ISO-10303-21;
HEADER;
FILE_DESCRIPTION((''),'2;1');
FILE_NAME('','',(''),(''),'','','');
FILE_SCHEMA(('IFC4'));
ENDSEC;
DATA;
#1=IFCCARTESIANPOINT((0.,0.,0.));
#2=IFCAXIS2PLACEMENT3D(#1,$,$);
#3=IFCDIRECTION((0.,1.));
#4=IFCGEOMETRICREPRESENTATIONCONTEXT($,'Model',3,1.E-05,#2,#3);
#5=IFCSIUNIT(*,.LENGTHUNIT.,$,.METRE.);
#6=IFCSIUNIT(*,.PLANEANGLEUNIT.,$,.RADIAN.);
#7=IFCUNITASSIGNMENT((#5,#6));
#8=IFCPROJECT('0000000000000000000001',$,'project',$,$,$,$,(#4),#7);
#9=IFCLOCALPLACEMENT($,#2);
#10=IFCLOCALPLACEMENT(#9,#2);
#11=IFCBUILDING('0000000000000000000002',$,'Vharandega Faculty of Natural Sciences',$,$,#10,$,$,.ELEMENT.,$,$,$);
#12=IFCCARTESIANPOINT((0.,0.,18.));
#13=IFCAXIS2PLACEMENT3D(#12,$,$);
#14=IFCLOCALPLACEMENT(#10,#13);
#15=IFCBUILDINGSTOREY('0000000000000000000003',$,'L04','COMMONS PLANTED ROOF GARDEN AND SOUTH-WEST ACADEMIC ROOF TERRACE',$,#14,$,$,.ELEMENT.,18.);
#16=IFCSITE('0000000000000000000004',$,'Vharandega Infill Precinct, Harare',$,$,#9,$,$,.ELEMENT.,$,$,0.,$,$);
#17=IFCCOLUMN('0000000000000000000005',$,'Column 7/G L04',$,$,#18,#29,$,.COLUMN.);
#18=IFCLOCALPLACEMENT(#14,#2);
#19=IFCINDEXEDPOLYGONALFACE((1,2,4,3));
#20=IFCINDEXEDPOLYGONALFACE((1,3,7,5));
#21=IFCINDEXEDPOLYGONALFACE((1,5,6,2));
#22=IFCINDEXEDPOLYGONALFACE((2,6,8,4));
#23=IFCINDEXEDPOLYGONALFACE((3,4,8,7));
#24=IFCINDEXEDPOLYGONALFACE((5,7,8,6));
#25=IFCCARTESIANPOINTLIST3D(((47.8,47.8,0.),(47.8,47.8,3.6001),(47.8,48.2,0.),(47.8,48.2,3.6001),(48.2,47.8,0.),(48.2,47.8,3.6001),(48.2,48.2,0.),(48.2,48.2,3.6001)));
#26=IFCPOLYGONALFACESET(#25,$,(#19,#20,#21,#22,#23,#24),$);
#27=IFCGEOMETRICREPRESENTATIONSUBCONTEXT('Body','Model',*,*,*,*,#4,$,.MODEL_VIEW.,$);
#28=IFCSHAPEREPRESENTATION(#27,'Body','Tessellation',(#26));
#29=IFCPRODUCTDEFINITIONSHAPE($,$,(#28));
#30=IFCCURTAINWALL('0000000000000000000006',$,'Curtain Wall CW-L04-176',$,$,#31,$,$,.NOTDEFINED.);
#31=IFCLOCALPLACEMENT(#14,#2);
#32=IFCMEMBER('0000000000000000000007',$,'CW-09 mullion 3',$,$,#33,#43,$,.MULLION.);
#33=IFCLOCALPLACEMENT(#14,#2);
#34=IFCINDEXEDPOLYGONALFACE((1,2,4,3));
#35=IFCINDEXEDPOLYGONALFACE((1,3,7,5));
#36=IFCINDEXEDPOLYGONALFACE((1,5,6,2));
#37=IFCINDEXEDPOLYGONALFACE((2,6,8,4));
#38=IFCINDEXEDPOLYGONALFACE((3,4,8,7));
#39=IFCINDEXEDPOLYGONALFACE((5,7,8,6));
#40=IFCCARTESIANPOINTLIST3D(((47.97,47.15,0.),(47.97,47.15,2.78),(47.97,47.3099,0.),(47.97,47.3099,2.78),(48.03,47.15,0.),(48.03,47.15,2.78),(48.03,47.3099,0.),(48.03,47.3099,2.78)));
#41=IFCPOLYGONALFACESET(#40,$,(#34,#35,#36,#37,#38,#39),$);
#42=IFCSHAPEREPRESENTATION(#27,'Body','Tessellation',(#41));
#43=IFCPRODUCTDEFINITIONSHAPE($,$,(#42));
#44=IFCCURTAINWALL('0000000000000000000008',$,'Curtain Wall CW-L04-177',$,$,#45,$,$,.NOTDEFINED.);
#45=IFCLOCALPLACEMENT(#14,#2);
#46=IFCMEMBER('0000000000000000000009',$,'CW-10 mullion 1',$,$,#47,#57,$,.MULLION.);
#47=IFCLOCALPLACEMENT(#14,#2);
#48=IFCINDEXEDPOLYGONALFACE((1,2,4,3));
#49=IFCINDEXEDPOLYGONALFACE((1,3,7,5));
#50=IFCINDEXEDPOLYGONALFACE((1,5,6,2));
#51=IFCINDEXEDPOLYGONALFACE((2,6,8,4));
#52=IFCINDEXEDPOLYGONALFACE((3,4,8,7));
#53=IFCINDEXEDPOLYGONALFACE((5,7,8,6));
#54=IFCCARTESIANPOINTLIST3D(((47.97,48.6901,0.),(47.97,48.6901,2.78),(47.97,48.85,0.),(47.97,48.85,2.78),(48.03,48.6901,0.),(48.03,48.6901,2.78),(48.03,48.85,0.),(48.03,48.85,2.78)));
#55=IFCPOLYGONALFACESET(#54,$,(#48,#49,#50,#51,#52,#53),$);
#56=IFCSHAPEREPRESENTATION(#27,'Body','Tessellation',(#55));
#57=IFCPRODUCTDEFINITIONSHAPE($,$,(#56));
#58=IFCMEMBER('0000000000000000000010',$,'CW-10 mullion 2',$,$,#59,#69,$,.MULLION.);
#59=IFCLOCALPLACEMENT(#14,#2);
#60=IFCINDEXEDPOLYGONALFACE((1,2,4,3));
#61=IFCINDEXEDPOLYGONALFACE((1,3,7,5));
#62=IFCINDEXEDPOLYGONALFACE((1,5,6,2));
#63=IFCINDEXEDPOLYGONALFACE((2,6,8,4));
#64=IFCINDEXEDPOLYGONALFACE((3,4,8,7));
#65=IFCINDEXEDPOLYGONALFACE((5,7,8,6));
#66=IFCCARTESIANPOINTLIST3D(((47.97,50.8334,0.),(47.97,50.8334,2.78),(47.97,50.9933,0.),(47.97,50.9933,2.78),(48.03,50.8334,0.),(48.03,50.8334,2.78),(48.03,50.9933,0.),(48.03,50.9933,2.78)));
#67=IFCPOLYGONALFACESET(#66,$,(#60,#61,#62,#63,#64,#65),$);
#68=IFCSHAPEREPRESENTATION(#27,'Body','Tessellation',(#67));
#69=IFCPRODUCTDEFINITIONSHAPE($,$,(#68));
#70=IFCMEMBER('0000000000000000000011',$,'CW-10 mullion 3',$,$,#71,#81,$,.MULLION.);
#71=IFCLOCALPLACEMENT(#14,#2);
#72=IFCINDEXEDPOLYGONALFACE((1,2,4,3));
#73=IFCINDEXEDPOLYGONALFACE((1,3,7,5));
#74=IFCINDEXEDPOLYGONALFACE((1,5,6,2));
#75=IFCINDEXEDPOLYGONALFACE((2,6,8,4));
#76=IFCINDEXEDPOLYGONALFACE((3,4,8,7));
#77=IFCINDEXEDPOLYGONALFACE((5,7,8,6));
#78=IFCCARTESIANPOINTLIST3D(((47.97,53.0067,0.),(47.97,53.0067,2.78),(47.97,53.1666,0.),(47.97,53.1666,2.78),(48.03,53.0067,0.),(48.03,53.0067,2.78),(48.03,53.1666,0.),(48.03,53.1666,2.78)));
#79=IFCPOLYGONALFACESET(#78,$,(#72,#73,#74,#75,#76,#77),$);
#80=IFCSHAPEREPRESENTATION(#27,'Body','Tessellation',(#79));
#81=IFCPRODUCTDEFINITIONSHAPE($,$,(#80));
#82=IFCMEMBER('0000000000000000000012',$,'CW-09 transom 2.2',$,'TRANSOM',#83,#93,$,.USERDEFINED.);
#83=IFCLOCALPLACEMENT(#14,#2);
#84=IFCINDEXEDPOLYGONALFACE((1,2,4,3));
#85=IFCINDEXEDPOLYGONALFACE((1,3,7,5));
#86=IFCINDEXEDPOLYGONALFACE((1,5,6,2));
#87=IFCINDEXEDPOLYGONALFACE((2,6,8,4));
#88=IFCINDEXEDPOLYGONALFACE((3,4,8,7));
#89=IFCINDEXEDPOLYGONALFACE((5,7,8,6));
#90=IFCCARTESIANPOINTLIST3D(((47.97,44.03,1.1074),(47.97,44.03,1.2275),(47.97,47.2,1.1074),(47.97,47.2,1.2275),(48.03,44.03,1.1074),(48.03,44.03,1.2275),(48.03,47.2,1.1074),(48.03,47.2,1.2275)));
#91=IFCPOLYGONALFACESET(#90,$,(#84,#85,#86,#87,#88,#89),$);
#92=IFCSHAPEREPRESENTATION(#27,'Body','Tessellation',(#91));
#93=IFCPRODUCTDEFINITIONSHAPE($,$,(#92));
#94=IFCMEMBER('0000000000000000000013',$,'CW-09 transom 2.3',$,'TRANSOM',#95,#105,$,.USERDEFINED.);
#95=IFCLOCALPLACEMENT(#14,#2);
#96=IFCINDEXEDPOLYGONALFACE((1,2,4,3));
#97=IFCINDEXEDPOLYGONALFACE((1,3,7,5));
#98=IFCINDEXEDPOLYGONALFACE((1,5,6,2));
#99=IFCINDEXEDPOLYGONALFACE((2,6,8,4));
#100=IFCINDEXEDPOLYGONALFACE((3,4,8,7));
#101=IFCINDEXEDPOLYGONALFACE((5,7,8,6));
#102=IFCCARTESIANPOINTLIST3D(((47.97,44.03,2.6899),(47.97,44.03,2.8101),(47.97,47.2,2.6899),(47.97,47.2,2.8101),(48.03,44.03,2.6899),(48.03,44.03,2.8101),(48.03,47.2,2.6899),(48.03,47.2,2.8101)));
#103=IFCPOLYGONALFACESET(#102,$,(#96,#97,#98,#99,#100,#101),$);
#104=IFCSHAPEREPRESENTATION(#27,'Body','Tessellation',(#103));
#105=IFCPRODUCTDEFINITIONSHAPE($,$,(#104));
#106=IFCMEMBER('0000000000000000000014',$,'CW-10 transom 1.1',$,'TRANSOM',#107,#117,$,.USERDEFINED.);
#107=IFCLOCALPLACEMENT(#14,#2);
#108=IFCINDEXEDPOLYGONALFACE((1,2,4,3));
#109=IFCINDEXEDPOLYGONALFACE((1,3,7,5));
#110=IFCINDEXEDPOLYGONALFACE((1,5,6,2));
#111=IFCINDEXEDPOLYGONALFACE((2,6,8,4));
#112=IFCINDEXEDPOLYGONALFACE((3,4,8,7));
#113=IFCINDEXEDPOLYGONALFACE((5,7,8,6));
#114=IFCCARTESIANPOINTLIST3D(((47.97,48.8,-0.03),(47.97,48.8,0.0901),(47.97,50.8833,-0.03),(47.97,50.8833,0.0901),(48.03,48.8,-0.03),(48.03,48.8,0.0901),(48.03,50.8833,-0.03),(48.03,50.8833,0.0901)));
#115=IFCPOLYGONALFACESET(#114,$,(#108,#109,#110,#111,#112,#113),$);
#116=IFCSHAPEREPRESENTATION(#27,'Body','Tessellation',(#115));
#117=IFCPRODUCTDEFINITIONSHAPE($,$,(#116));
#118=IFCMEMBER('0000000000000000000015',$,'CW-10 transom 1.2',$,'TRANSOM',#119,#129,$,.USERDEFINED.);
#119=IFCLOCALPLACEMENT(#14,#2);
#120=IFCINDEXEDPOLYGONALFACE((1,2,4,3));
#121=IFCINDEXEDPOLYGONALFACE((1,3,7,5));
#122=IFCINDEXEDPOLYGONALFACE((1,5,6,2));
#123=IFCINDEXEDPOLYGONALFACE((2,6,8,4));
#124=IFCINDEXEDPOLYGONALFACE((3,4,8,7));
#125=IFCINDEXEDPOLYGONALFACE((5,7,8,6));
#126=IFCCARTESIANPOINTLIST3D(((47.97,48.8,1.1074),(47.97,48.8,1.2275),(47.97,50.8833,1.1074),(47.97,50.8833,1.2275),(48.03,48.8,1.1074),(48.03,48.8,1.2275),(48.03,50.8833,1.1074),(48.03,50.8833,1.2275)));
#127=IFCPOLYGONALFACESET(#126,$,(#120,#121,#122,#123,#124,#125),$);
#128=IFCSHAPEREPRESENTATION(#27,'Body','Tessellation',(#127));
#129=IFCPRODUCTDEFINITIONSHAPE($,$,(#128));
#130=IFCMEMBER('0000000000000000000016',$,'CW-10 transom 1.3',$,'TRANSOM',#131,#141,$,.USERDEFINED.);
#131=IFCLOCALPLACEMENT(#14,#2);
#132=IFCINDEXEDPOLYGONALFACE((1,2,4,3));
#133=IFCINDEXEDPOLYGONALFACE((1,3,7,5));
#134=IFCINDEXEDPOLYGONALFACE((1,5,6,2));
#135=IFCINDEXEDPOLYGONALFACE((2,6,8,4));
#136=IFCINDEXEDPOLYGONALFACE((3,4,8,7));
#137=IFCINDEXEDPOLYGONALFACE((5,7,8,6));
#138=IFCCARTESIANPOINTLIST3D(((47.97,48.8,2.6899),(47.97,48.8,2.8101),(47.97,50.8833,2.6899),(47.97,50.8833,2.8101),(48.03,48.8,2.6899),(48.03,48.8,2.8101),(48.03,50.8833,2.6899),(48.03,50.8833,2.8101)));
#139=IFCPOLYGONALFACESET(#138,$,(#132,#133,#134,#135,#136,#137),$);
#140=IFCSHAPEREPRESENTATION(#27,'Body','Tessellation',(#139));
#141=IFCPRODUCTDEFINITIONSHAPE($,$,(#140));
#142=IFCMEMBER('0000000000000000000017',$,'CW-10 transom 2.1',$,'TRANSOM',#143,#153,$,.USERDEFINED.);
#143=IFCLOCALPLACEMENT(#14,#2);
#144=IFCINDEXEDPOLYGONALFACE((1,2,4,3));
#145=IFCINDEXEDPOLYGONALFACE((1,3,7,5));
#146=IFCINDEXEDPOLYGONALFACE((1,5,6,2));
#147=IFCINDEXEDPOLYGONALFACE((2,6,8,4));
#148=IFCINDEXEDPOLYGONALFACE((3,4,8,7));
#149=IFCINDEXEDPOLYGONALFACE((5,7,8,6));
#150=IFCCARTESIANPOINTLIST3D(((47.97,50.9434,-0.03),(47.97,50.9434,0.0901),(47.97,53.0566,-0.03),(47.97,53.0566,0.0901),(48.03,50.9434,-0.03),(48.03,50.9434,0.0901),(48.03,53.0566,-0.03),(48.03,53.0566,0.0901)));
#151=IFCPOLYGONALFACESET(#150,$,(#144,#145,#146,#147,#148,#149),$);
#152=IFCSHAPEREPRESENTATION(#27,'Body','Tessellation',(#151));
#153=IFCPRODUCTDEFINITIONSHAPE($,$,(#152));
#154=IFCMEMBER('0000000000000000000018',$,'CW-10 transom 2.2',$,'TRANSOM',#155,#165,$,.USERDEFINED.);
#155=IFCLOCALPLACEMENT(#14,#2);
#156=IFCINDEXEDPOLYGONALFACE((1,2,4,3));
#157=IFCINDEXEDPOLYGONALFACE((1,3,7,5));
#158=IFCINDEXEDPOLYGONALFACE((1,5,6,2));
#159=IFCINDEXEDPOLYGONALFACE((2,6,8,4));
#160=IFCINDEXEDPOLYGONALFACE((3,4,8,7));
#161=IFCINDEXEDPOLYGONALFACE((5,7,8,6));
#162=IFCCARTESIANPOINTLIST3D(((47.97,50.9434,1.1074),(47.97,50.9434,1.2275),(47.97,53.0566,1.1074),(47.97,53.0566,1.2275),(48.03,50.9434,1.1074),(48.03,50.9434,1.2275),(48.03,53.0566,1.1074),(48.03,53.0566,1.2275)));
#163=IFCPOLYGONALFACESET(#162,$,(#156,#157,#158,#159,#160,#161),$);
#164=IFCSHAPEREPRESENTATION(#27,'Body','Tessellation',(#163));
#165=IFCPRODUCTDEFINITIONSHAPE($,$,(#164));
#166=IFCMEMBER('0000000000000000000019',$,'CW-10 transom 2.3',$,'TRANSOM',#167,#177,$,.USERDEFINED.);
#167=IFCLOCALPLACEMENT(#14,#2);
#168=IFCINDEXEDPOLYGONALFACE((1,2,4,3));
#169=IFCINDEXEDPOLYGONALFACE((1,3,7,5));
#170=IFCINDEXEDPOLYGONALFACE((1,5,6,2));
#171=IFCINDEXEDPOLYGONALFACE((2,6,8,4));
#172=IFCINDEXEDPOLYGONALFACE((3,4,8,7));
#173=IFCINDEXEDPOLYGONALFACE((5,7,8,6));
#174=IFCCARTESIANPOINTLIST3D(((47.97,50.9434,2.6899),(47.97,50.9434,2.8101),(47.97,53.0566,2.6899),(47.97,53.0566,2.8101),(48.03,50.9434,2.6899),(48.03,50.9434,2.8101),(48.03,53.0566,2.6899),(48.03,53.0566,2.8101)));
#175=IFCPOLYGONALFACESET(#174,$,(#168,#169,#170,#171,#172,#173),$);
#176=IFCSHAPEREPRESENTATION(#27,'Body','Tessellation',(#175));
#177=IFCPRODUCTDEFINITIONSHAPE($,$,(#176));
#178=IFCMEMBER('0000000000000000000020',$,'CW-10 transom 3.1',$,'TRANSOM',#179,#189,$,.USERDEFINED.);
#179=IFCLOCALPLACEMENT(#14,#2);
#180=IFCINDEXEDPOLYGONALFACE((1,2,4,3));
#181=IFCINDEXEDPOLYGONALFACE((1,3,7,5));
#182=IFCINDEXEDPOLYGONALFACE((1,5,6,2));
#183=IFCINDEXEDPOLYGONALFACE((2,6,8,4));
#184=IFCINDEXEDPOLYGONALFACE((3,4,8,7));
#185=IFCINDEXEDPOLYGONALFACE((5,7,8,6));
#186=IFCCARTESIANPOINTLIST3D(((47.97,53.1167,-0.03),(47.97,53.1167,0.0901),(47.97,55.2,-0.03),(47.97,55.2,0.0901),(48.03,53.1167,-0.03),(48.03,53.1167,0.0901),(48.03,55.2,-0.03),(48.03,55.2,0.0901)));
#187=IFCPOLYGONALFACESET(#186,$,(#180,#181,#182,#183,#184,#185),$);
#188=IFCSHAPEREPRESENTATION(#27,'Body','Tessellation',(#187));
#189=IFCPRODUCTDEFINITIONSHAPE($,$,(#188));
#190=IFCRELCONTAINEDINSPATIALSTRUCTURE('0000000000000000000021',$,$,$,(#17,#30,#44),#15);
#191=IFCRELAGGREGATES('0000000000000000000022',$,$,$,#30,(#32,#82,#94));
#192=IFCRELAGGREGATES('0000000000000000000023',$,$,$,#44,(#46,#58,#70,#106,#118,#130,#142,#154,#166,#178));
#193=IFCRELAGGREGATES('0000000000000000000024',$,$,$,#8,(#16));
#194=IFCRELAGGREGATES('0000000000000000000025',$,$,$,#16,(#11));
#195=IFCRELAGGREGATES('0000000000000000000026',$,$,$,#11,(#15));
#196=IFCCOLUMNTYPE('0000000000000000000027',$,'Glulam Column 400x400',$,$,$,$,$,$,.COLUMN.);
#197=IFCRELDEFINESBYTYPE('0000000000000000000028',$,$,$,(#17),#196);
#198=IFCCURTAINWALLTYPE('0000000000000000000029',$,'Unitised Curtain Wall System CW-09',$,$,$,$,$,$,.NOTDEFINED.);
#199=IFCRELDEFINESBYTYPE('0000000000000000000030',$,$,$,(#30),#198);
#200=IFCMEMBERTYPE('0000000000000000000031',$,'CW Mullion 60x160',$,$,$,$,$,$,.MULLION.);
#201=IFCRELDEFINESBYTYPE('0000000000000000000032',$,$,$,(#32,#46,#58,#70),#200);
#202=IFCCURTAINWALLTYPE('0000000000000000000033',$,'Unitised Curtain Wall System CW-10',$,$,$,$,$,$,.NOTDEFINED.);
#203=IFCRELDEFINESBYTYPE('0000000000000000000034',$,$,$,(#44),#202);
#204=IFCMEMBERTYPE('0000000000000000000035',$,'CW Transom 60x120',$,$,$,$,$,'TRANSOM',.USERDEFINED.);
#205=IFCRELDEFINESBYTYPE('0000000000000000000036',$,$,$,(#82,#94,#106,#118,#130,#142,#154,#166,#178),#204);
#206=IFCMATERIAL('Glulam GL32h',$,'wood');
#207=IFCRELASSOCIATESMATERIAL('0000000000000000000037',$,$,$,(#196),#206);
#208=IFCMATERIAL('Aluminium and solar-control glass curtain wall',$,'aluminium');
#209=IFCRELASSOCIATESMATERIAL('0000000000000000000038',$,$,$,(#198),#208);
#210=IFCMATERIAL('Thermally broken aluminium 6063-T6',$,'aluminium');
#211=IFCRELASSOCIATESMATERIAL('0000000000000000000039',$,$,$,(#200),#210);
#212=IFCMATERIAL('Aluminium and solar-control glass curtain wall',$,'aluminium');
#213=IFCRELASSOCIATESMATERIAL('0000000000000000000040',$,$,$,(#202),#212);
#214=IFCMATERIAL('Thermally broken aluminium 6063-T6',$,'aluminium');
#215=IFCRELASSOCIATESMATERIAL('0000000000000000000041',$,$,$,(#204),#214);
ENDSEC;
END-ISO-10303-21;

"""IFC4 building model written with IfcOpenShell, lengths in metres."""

from ifc_helpers import new_model, si_unit, direction, frame, origin, origin_2d, place, context, subcontext, project, spatial, rectangle, extrude, material, material_profile, profile_set, type_object, element, aggregate, save


model = new_model("IFC4")

# Units and contexts
model_context = context("Model", 3, precision=1e-05, world=origin(), true_north=direction((0.0, 1.0)))
body_context = subcontext(model_context, "Body", "Model", "MODEL_VIEW")
ifc_project = project(units=[si_unit("LENGTHUNIT", "METRE"), si_unit("PLANEANGLEUNIT", "RADIAN")], contexts=[model_context])

# Site, building, storey
site_placement = place(None, origin())
site = spatial("IfcSite", under=ifc_project, at=site_placement, Name="Vharandega Infill Precinct, Harare", CompositionType="ELEMENT", RefElevation=0.0)
building_placement = place(site_placement, origin())
building = spatial("IfcBuilding", under=site, at=building_placement, Name="Vharandega Faculty of Natural Sciences", CompositionType="ELEMENT")
storey_placement = place(building_placement, frame((0.0, 0.0, 18.0)))
storey = spatial("IfcBuildingStorey", under=building, at=storey_placement, Name="L04", Description="COMMONS PLANTED ROOF GARDEN AND SOUTH-WEST ACADEMIC ROOF TERRACE", CompositionType="ELEMENT", Elevation=18.0)

# Column
ifc_material_1 = material(Name="Glulam GL32h", Category="wood")
ifc_material_profile_1 = material_profile(ifc_material_1, rectangle(XDim=0.3999, YDim=0.3999, at=origin_2d()), Name="GL32h 400x400")
ifc_profile_set_1 = profile_set([ifc_material_profile_1], Name="Glulam GL32h")
column_type = type_object("IfcColumnType", Name="Glulam Column 400x400", PredefinedType="COLUMN", material=ifc_profile_set_1)
column_placement = place(storey_placement, frame((48.0, 48.0, 0.0), z_axis=(0.0, 0.0, 1.0), x_axis=(1.0, 0.0, 0.0)))
element("IfcColumn", 1, at=column_placement, inside=storey, type_object=column_type, Name="Column 7/G L04", PredefinedType="COLUMN", context=body_context, shape_type="SweptSolid", body=[
    extrude(rectangle(XDim=0.3999, YDim=0.3999, at=origin_2d()), origin(), (0.0, 0.0, 1.0), 3.6001),
])

# Curtain wall, member
ifc_material_2 = material(Name="Aluminium and solar-control glass curtain wall", Category="aluminium")
curtain_wall_type_1 = type_object("IfcCurtainWallType", Name="Unitised Curtain Wall System CW-09", PredefinedType="NOTDEFINED", material=ifc_material_2)
curtain_wall_1_placement = place(storey_placement, origin())
curtain_wall_1 = element("IfcCurtainWall", 2, at=curtain_wall_1_placement, inside=storey, type_object=curtain_wall_type_1, Name="Curtain Wall CW-L04-176", PredefinedType="NOTDEFINED")
ifc_material_3 = material(Name="Thermally broken aluminium 6063-T6", Category="aluminium")
ifc_material_profile_2 = material_profile(ifc_material_3, rectangle(XDim=0.0601, YDim=0.1599, at=origin_2d()), Name="ALU 60x160")
ifc_profile_set_2 = profile_set([ifc_material_profile_2], Name="Thermally broken aluminium 6063-T6")
member_type_1 = type_object("IfcMemberType", Name="CW Mullion 60x160", PredefinedType="MULLION", material=ifc_profile_set_2)
member_1_placement = place(storey_placement, frame((48.0, 47.23, 0.0), z_axis=(0.0, 0.0, 1.0), x_axis=(-1.0, 0.0, 0.0)))
member_1 = element("IfcMember", 3, at=member_1_placement, type_object=member_type_1, Name="CW-09 mullion 3", PredefinedType="MULLION", context=body_context, shape_type="SweptSolid", body=[
    extrude(rectangle(XDim=0.0601, YDim=0.1599, at=origin_2d()), origin(), (0.0, 0.0, 1.0), 2.78),
])

# Curtain wall, members
ifc_material_4 = material(Name="Aluminium and solar-control glass curtain wall", Category="aluminium")
curtain_wall_type_2 = type_object("IfcCurtainWallType", Name="Unitised Curtain Wall System CW-10", PredefinedType="NOTDEFINED", material=ifc_material_4)
curtain_wall_2_placement = place(storey_placement, origin())
curtain_wall_2 = element("IfcCurtainWall", 4, at=curtain_wall_2_placement, inside=storey, type_object=curtain_wall_type_2, Name="Curtain Wall CW-L04-177", PredefinedType="NOTDEFINED")
member_2_placement = place(storey_placement, frame((48.0, 48.77, 0.0), z_axis=(0.0, 0.0, 1.0), x_axis=(-1.0, 0.0, 0.0)))
member_2 = element("IfcMember", 5, at=member_2_placement, type_object=member_type_1, Name="CW-10 mullion 1", PredefinedType="MULLION", context=body_context, shape_type="SweptSolid", body=[
    extrude(rectangle(XDim=0.0601, YDim=0.1599, at=origin_2d()), origin(), (0.0, 0.0, 1.0), 2.78),
])
member_3_placement = place(storey_placement, frame((48.0, 50.9133, 0.0), z_axis=(0.0, 0.0, 1.0), x_axis=(-1.0, 0.0, 0.0)))
member_3 = element("IfcMember", 6, at=member_3_placement, type_object=member_type_1, Name="CW-10 mullion 2", PredefinedType="MULLION", context=body_context, shape_type="SweptSolid", body=[
    extrude(rectangle(XDim=0.0601, YDim=0.1599, at=origin_2d()), origin(), (0.0, 0.0, 1.0), 2.78),
])
member_4_placement = place(storey_placement, frame((48.0, 53.0867, 0.0), z_axis=(0.0, 0.0, 1.0), x_axis=(-1.0, 0.0, 0.0)))
member_4 = element("IfcMember", 7, at=member_4_placement, type_object=member_type_1, Name="CW-10 mullion 3", PredefinedType="MULLION", context=body_context, shape_type="SweptSolid", body=[
    extrude(rectangle(XDim=0.0601, YDim=0.1599, at=origin_2d()), origin(), (0.0, 0.0, 1.0), 2.78),
])

# Members
ifc_material_5 = material(Name="Thermally broken aluminium 6063-T6", Category="aluminium")
ifc_material_profile_3 = material_profile(ifc_material_5, rectangle(XDim=0.0601, YDim=0.1201, at=origin_2d()), Name="ALU 60x120")
ifc_profile_set_3 = profile_set([ifc_material_profile_3], Name="Thermally broken aluminium 6063-T6")
member_type_2 = type_object("IfcMemberType", Name="CW Transom 60x120", ElementType="TRANSOM", PredefinedType="USERDEFINED", material=ifc_profile_set_3)
member_5_placement = place(storey_placement, frame((48.0, 44.03, 1.1675), z_axis=(0.0, 1.0, 0.0), x_axis=(-1.0, 0.0, 0.0)))
member_5 = element("IfcMember", 8, at=member_5_placement, type_object=member_type_2, Name="CW-09 transom 2.2", ObjectType="TRANSOM", PredefinedType="USERDEFINED", context=body_context, shape_type="SweptSolid", body=[
    extrude(rectangle(XDim=0.0601, YDim=0.1201, at=origin_2d()), origin(), (0.0, 0.0, 1.0), 3.1699),
])
member_6_placement = place(storey_placement, frame((48.0, 44.03, 2.75), z_axis=(0.0, 1.0, 0.0), x_axis=(-1.0, 0.0, 0.0)))
member_6 = element("IfcMember", 9, at=member_6_placement, type_object=member_type_2, Name="CW-09 transom 2.3", ObjectType="TRANSOM", PredefinedType="USERDEFINED", context=body_context, shape_type="SweptSolid", body=[
    extrude(rectangle(XDim=0.0601, YDim=0.1201, at=origin_2d()), origin(), (0.0, 0.0, 1.0), 3.1699),
])
member_7_placement = place(storey_placement, frame((48.0, 48.8, 0.03), z_axis=(0.0, 1.0, 0.0), x_axis=(-1.0, 0.0, 0.0)))
member_7 = element("IfcMember", 10, at=member_7_placement, type_object=member_type_2, Name="CW-10 transom 1.1", ObjectType="TRANSOM", PredefinedType="USERDEFINED", context=body_context, shape_type="SweptSolid", body=[
    extrude(rectangle(XDim=0.0601, YDim=0.1201, at=origin_2d()), origin(), (0.0, 0.0, 1.0), 2.0833),
])
member_8_placement = place(storey_placement, frame((48.0, 48.8, 1.1675), z_axis=(0.0, 1.0, 0.0), x_axis=(-1.0, 0.0, 0.0)))
member_8 = element("IfcMember", 11, at=member_8_placement, type_object=member_type_2, Name="CW-10 transom 1.2", ObjectType="TRANSOM", PredefinedType="USERDEFINED", context=body_context, shape_type="SweptSolid", body=[
    extrude(rectangle(XDim=0.0601, YDim=0.1201, at=origin_2d()), origin(), (0.0, 0.0, 1.0), 2.0833),
])
member_9_placement = place(storey_placement, frame((48.0, 48.8, 2.75), z_axis=(0.0, 1.0, 0.0), x_axis=(-1.0, 0.0, 0.0)))
member_9 = element("IfcMember", 12, at=member_9_placement, type_object=member_type_2, Name="CW-10 transom 1.3", ObjectType="TRANSOM", PredefinedType="USERDEFINED", context=body_context, shape_type="SweptSolid", body=[
    extrude(rectangle(XDim=0.0601, YDim=0.1201, at=origin_2d()), origin(), (0.0, 0.0, 1.0), 2.0833),
])
member_10_placement = place(storey_placement, frame((48.0, 50.9434, 0.03), z_axis=(0.0, 1.0, 0.0), x_axis=(-1.0, 0.0, 0.0)))
member_10 = element("IfcMember", 13, at=member_10_placement, type_object=member_type_2, Name="CW-10 transom 2.1", ObjectType="TRANSOM", PredefinedType="USERDEFINED", context=body_context, shape_type="SweptSolid", body=[
    extrude(rectangle(XDim=0.0601, YDim=0.1201, at=origin_2d()), origin(), (0.0, 0.0, 1.0), 2.1133),
])
member_11_placement = place(storey_placement, frame((48.0, 50.9434, 1.1675), z_axis=(0.0, 1.0, 0.0), x_axis=(-1.0, 0.0, 0.0)))
member_11 = element("IfcMember", 14, at=member_11_placement, type_object=member_type_2, Name="CW-10 transom 2.2", ObjectType="TRANSOM", PredefinedType="USERDEFINED", context=body_context, shape_type="SweptSolid", body=[
    extrude(rectangle(XDim=0.0601, YDim=0.1201, at=origin_2d()), origin(), (0.0, 0.0, 1.0), 2.1133),
])
member_12_placement = place(storey_placement, frame((48.0, 50.9434, 2.75), z_axis=(0.0, 1.0, 0.0), x_axis=(-1.0, 0.0, 0.0)))
member_12 = element("IfcMember", 15, at=member_12_placement, type_object=member_type_2, Name="CW-10 transom 2.3", ObjectType="TRANSOM", PredefinedType="USERDEFINED", context=body_context, shape_type="SweptSolid", body=[
    extrude(rectangle(XDim=0.0601, YDim=0.1201, at=origin_2d()), origin(), (0.0, 0.0, 1.0), 2.1133),
])
member_13_placement = place(storey_placement, frame((48.0, 53.1167, 0.03), z_axis=(0.0, 1.0, 0.0), x_axis=(-1.0, 0.0, 0.0)))
member_13 = element("IfcMember", 16, at=member_13_placement, type_object=member_type_2, Name="CW-10 transom 3.1", ObjectType="TRANSOM", PredefinedType="USERDEFINED", context=body_context, shape_type="SweptSolid", body=[
    extrude(rectangle(XDim=0.0601, YDim=0.1201, at=origin_2d()), origin(), (0.0, 0.0, 1.0), 2.0833),
])

aggregate(curtain_wall_1, [member_1, member_5, member_6])
aggregate(curtain_wall_2, [member_2, member_3, member_4, member_7, member_8, member_9, member_10, member_11, member_12, member_13])

save(model, "model.ifc")
